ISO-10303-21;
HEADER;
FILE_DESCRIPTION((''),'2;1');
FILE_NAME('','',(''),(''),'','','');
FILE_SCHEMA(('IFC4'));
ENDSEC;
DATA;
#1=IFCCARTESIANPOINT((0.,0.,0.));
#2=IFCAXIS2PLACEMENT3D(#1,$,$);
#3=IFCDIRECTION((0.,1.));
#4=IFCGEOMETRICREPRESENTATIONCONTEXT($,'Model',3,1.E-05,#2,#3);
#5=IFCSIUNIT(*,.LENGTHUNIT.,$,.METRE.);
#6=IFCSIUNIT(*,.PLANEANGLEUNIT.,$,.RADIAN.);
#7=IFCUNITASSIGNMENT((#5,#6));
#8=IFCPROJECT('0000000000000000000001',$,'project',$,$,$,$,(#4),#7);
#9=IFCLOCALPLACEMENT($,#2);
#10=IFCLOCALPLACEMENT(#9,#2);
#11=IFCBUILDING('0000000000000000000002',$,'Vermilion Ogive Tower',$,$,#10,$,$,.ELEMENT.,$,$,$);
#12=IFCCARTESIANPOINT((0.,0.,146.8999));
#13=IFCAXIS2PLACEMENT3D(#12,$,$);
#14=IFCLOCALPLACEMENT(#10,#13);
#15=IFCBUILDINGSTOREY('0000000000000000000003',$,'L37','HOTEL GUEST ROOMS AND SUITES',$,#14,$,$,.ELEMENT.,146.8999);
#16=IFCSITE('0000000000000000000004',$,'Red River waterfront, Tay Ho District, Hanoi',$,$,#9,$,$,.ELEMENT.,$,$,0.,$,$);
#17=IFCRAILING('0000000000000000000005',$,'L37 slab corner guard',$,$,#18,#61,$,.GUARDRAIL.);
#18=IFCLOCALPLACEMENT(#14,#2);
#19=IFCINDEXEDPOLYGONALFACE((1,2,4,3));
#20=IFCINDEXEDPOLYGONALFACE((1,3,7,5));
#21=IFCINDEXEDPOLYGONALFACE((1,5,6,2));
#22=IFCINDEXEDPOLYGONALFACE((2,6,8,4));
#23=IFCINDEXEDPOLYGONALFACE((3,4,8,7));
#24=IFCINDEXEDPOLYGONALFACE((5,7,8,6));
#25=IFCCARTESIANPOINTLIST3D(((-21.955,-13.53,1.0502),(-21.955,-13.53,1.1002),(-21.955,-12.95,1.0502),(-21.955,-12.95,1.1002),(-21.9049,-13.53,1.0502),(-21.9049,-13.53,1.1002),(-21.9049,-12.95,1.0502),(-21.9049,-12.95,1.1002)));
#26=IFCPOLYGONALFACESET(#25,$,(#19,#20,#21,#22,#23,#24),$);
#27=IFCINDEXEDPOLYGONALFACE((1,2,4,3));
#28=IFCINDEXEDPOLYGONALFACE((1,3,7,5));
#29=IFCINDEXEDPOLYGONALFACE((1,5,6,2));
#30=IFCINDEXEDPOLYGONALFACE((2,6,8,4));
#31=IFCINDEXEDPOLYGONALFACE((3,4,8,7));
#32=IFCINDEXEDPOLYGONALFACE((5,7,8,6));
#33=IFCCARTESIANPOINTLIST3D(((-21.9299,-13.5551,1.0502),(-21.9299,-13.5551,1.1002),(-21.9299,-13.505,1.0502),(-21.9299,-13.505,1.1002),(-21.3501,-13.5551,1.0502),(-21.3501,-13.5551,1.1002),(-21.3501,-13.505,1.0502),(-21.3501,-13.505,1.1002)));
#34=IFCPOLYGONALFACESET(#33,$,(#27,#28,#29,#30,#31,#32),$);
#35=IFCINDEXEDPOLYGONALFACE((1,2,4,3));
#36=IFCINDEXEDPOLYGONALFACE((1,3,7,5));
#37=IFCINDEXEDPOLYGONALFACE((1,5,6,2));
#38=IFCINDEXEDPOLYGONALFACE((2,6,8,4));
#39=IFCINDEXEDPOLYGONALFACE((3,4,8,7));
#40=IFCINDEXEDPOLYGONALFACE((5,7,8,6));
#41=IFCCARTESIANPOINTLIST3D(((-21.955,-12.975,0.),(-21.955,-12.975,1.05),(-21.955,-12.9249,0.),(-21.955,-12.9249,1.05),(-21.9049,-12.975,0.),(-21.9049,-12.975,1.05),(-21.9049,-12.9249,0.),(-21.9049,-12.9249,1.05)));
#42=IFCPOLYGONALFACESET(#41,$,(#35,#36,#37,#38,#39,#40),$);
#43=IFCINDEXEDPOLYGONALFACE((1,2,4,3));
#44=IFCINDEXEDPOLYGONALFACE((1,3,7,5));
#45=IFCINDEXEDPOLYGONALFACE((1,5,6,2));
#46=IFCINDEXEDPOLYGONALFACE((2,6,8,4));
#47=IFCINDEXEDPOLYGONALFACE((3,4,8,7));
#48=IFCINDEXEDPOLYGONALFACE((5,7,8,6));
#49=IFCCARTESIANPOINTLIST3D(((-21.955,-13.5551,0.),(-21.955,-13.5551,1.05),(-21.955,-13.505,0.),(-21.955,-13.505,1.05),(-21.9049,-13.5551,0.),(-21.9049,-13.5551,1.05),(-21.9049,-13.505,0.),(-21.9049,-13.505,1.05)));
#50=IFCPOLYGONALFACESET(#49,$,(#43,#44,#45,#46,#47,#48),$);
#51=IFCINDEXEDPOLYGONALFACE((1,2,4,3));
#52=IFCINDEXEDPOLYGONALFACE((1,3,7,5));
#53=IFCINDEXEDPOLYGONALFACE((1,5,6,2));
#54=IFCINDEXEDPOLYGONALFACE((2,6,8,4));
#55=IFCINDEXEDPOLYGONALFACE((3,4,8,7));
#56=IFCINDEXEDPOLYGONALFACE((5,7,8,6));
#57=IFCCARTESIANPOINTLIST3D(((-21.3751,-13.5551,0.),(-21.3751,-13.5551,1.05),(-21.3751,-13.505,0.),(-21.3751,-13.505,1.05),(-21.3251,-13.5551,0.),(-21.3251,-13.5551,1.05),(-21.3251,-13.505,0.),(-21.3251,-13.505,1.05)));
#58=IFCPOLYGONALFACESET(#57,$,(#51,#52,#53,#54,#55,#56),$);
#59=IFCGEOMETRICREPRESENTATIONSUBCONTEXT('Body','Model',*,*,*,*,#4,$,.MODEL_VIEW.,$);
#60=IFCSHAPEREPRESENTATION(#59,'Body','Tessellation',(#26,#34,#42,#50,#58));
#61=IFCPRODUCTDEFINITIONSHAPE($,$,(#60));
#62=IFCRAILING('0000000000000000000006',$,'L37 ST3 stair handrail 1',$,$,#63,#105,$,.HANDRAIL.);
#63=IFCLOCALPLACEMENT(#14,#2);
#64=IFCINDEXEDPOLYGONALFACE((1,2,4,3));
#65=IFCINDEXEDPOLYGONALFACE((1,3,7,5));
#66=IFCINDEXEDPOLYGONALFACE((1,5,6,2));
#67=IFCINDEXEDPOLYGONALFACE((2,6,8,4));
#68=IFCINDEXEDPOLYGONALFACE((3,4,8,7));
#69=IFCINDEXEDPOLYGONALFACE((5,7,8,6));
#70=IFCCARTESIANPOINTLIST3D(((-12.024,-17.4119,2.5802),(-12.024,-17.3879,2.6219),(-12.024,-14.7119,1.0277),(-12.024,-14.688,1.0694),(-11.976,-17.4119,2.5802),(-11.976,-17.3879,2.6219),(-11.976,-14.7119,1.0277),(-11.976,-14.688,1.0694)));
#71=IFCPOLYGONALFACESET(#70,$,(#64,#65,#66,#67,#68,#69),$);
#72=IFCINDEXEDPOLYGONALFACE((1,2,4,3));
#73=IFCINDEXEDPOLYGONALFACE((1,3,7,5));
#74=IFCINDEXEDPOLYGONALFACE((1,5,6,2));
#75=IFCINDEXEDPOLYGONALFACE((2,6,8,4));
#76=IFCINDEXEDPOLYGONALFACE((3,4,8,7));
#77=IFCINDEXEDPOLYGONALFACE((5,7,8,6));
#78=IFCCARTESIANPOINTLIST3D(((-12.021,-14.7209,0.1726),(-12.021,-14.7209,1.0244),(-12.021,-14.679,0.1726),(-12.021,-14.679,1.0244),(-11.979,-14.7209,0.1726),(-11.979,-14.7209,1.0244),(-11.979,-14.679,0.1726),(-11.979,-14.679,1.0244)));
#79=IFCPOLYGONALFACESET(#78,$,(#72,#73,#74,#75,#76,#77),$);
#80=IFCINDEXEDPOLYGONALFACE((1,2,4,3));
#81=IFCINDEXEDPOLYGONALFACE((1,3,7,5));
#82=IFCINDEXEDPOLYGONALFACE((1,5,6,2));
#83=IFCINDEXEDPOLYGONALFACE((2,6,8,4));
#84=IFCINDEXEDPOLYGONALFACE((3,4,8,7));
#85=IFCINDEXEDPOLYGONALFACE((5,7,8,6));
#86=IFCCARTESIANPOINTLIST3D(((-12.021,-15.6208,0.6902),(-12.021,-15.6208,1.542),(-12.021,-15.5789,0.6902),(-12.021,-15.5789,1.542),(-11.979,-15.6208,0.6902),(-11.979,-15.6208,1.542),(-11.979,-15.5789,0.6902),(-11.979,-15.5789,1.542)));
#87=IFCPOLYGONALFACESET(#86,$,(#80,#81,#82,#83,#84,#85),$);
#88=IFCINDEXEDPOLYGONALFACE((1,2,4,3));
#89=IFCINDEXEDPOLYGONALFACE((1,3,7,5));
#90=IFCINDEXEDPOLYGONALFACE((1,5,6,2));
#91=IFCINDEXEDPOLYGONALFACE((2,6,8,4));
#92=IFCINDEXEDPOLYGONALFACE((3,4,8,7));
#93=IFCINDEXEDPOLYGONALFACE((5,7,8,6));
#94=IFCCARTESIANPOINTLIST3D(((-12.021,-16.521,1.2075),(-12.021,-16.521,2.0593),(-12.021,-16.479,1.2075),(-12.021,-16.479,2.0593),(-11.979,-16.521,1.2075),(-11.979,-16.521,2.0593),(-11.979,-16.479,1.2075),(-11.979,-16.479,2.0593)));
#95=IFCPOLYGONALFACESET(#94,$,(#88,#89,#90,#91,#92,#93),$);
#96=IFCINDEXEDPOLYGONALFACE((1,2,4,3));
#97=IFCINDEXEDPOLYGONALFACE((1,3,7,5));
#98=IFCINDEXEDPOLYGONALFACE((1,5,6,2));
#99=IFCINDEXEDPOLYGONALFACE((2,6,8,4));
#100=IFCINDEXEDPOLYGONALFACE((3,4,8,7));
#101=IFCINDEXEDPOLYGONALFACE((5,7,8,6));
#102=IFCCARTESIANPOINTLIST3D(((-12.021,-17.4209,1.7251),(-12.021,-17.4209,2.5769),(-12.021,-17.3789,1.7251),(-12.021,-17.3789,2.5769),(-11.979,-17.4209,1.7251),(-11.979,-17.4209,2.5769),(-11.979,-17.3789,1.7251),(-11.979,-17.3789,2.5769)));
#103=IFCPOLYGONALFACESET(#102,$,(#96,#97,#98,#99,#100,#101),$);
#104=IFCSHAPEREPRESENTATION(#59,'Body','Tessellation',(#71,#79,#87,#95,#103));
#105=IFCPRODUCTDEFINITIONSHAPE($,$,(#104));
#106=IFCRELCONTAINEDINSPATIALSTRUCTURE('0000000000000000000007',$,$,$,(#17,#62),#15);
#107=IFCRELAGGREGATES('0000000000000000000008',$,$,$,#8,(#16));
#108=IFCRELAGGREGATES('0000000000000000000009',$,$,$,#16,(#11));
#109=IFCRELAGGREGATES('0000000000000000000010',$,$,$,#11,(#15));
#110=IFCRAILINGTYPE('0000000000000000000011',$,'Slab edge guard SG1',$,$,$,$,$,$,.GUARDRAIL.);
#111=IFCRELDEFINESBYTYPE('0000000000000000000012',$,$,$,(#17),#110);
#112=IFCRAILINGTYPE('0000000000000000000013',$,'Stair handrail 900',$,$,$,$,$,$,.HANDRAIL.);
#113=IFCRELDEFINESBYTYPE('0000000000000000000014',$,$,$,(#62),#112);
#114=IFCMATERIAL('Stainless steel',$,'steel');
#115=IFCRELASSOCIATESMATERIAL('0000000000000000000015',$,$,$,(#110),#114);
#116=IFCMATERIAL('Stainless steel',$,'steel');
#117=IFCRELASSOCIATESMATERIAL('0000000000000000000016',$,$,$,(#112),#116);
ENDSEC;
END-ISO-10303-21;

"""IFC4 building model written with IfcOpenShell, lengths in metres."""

from ifc_helpers import new_model, si_unit, direction, frame, origin, origin_2d, place, context, subcontext, project, spatial, rectangle, extrude, material, type_object, element, save


model = new_model("IFC4")

# Units and contexts
model_context = context("Model", 3, precision=1e-05, world=origin(), true_north=direction((0.0, 1.0)))
body_context = subcontext(model_context, "Body", "Model", "MODEL_VIEW")
ifc_project = project(units=[si_unit("LENGTHUNIT", "METRE"), si_unit("PLANEANGLEUNIT", "RADIAN")], contexts=[model_context])

# Site, building, storey
site_placement = place(None, origin())
site = spatial("IfcSite", under=ifc_project, at=site_placement, Name="Red River waterfront, Tay Ho District, Hanoi", CompositionType="ELEMENT", RefElevation=0.0)
building_placement = place(site_placement, origin())
building = spatial("IfcBuilding", under=site, at=building_placement, Name="Vermilion Ogive Tower", CompositionType="ELEMENT")
storey_placement = place(building_placement, frame((0.0, 0.0, 146.8999)))
storey = spatial("IfcBuildingStorey", under=building, at=storey_placement, Name="L37", Description="HOTEL GUEST ROOMS AND SUITES", CompositionType="ELEMENT", Elevation=146.8999)

# Railings
ifc_material_1 = material(Name="Stainless steel", Category="steel")
railing_type_1 = type_object("IfcRailingType", Name="Slab edge guard SG1", PredefinedType="GUARDRAIL", material=ifc_material_1)
railing_1_placement = place(storey_placement, frame((-21.9299, -12.95, 0.0)))
element("IfcRailing", 1, at=railing_1_placement, inside=storey, type_object=railing_type_1, Name="L37 slab corner guard", PredefinedType="GUARDRAIL", context=body_context, shape_type="SweptSolid", body=[
    extrude(rectangle(XDim=0.05, YDim=0.05, at=origin_2d()), frame((0.0, 0.0, 1.0752), z_axis=(0.0, -1.0, 0.0), x_axis=(1.0, 0.0, 0.0)), (0.0, 0.0, 1.0), 0.5801),
    extrude(rectangle(XDim=0.05, YDim=0.05, at=origin_2d()), frame((0.0, -0.5801, 1.0752), z_axis=(1.0, 0.0, 0.0), x_axis=(0.0, 1.0, 0.0)), (0.0, 0.0, 1.0), 0.5798),
    extrude(rectangle(XDim=0.05, YDim=0.05, at=origin_2d()), origin(), (0.0, 0.0, 1.0), 1.05),
    extrude(rectangle(XDim=0.05, YDim=0.05, at=origin_2d()), frame((0.0, -0.5801, 0.0)), (0.0, 0.0, 1.0), 1.05),
    extrude(rectangle(XDim=0.05, YDim=0.05, at=origin_2d()), frame((0.5798, -0.5801, 0.0)), (0.0, 0.0, 1.0), 1.05),
])
ifc_material_2 = material(Name="Stainless steel", Category="steel")
railing_type_2 = type_object("IfcRailingType", Name="Stair handrail 900", PredefinedType="HANDRAIL", material=ifc_material_2)
railing_2_placement = place(storey_placement, frame((-12.0, -14.7, 0.1726)))
element("IfcRailing", 2, at=railing_2_placement, inside=storey, type_object=railing_type_2, Name="L37 ST3 stair handrail 1", PredefinedType="HANDRAIL", context=body_context, shape_type="SweptSolid", body=[
    extrude(rectangle(XDim=0.0481, YDim=0.0481, at=origin_2d()), frame((0.0, 0.0, 0.876), z_axis=(0.0, -0.866904, 0.498476), x_axis=(1.0, 0.0, 0.0)), (0.0, 0.0, 1.0), 3.1145),
    extrude(rectangle(XDim=0.042, YDim=0.042, at=origin_2d()), origin(), (0.0, 0.0, 1.0), 0.8518),
    extrude(rectangle(XDim=0.042, YDim=0.042, at=origin_2d()), frame((0.0, -0.8999, 0.5176)), (0.0, 0.0, 1.0), 0.8518),
    extrude(rectangle(XDim=0.042, YDim=0.042, at=origin_2d()), frame((0.0, -1.8, 1.0349)), (0.0, 0.0, 1.0), 0.8518),
    extrude(rectangle(XDim=0.042, YDim=0.042, at=origin_2d()), frame((0.0, -2.7, 1.5525)), (0.0, 0.0, 1.0), 0.8518),
])

save(model, "model.ifc")
